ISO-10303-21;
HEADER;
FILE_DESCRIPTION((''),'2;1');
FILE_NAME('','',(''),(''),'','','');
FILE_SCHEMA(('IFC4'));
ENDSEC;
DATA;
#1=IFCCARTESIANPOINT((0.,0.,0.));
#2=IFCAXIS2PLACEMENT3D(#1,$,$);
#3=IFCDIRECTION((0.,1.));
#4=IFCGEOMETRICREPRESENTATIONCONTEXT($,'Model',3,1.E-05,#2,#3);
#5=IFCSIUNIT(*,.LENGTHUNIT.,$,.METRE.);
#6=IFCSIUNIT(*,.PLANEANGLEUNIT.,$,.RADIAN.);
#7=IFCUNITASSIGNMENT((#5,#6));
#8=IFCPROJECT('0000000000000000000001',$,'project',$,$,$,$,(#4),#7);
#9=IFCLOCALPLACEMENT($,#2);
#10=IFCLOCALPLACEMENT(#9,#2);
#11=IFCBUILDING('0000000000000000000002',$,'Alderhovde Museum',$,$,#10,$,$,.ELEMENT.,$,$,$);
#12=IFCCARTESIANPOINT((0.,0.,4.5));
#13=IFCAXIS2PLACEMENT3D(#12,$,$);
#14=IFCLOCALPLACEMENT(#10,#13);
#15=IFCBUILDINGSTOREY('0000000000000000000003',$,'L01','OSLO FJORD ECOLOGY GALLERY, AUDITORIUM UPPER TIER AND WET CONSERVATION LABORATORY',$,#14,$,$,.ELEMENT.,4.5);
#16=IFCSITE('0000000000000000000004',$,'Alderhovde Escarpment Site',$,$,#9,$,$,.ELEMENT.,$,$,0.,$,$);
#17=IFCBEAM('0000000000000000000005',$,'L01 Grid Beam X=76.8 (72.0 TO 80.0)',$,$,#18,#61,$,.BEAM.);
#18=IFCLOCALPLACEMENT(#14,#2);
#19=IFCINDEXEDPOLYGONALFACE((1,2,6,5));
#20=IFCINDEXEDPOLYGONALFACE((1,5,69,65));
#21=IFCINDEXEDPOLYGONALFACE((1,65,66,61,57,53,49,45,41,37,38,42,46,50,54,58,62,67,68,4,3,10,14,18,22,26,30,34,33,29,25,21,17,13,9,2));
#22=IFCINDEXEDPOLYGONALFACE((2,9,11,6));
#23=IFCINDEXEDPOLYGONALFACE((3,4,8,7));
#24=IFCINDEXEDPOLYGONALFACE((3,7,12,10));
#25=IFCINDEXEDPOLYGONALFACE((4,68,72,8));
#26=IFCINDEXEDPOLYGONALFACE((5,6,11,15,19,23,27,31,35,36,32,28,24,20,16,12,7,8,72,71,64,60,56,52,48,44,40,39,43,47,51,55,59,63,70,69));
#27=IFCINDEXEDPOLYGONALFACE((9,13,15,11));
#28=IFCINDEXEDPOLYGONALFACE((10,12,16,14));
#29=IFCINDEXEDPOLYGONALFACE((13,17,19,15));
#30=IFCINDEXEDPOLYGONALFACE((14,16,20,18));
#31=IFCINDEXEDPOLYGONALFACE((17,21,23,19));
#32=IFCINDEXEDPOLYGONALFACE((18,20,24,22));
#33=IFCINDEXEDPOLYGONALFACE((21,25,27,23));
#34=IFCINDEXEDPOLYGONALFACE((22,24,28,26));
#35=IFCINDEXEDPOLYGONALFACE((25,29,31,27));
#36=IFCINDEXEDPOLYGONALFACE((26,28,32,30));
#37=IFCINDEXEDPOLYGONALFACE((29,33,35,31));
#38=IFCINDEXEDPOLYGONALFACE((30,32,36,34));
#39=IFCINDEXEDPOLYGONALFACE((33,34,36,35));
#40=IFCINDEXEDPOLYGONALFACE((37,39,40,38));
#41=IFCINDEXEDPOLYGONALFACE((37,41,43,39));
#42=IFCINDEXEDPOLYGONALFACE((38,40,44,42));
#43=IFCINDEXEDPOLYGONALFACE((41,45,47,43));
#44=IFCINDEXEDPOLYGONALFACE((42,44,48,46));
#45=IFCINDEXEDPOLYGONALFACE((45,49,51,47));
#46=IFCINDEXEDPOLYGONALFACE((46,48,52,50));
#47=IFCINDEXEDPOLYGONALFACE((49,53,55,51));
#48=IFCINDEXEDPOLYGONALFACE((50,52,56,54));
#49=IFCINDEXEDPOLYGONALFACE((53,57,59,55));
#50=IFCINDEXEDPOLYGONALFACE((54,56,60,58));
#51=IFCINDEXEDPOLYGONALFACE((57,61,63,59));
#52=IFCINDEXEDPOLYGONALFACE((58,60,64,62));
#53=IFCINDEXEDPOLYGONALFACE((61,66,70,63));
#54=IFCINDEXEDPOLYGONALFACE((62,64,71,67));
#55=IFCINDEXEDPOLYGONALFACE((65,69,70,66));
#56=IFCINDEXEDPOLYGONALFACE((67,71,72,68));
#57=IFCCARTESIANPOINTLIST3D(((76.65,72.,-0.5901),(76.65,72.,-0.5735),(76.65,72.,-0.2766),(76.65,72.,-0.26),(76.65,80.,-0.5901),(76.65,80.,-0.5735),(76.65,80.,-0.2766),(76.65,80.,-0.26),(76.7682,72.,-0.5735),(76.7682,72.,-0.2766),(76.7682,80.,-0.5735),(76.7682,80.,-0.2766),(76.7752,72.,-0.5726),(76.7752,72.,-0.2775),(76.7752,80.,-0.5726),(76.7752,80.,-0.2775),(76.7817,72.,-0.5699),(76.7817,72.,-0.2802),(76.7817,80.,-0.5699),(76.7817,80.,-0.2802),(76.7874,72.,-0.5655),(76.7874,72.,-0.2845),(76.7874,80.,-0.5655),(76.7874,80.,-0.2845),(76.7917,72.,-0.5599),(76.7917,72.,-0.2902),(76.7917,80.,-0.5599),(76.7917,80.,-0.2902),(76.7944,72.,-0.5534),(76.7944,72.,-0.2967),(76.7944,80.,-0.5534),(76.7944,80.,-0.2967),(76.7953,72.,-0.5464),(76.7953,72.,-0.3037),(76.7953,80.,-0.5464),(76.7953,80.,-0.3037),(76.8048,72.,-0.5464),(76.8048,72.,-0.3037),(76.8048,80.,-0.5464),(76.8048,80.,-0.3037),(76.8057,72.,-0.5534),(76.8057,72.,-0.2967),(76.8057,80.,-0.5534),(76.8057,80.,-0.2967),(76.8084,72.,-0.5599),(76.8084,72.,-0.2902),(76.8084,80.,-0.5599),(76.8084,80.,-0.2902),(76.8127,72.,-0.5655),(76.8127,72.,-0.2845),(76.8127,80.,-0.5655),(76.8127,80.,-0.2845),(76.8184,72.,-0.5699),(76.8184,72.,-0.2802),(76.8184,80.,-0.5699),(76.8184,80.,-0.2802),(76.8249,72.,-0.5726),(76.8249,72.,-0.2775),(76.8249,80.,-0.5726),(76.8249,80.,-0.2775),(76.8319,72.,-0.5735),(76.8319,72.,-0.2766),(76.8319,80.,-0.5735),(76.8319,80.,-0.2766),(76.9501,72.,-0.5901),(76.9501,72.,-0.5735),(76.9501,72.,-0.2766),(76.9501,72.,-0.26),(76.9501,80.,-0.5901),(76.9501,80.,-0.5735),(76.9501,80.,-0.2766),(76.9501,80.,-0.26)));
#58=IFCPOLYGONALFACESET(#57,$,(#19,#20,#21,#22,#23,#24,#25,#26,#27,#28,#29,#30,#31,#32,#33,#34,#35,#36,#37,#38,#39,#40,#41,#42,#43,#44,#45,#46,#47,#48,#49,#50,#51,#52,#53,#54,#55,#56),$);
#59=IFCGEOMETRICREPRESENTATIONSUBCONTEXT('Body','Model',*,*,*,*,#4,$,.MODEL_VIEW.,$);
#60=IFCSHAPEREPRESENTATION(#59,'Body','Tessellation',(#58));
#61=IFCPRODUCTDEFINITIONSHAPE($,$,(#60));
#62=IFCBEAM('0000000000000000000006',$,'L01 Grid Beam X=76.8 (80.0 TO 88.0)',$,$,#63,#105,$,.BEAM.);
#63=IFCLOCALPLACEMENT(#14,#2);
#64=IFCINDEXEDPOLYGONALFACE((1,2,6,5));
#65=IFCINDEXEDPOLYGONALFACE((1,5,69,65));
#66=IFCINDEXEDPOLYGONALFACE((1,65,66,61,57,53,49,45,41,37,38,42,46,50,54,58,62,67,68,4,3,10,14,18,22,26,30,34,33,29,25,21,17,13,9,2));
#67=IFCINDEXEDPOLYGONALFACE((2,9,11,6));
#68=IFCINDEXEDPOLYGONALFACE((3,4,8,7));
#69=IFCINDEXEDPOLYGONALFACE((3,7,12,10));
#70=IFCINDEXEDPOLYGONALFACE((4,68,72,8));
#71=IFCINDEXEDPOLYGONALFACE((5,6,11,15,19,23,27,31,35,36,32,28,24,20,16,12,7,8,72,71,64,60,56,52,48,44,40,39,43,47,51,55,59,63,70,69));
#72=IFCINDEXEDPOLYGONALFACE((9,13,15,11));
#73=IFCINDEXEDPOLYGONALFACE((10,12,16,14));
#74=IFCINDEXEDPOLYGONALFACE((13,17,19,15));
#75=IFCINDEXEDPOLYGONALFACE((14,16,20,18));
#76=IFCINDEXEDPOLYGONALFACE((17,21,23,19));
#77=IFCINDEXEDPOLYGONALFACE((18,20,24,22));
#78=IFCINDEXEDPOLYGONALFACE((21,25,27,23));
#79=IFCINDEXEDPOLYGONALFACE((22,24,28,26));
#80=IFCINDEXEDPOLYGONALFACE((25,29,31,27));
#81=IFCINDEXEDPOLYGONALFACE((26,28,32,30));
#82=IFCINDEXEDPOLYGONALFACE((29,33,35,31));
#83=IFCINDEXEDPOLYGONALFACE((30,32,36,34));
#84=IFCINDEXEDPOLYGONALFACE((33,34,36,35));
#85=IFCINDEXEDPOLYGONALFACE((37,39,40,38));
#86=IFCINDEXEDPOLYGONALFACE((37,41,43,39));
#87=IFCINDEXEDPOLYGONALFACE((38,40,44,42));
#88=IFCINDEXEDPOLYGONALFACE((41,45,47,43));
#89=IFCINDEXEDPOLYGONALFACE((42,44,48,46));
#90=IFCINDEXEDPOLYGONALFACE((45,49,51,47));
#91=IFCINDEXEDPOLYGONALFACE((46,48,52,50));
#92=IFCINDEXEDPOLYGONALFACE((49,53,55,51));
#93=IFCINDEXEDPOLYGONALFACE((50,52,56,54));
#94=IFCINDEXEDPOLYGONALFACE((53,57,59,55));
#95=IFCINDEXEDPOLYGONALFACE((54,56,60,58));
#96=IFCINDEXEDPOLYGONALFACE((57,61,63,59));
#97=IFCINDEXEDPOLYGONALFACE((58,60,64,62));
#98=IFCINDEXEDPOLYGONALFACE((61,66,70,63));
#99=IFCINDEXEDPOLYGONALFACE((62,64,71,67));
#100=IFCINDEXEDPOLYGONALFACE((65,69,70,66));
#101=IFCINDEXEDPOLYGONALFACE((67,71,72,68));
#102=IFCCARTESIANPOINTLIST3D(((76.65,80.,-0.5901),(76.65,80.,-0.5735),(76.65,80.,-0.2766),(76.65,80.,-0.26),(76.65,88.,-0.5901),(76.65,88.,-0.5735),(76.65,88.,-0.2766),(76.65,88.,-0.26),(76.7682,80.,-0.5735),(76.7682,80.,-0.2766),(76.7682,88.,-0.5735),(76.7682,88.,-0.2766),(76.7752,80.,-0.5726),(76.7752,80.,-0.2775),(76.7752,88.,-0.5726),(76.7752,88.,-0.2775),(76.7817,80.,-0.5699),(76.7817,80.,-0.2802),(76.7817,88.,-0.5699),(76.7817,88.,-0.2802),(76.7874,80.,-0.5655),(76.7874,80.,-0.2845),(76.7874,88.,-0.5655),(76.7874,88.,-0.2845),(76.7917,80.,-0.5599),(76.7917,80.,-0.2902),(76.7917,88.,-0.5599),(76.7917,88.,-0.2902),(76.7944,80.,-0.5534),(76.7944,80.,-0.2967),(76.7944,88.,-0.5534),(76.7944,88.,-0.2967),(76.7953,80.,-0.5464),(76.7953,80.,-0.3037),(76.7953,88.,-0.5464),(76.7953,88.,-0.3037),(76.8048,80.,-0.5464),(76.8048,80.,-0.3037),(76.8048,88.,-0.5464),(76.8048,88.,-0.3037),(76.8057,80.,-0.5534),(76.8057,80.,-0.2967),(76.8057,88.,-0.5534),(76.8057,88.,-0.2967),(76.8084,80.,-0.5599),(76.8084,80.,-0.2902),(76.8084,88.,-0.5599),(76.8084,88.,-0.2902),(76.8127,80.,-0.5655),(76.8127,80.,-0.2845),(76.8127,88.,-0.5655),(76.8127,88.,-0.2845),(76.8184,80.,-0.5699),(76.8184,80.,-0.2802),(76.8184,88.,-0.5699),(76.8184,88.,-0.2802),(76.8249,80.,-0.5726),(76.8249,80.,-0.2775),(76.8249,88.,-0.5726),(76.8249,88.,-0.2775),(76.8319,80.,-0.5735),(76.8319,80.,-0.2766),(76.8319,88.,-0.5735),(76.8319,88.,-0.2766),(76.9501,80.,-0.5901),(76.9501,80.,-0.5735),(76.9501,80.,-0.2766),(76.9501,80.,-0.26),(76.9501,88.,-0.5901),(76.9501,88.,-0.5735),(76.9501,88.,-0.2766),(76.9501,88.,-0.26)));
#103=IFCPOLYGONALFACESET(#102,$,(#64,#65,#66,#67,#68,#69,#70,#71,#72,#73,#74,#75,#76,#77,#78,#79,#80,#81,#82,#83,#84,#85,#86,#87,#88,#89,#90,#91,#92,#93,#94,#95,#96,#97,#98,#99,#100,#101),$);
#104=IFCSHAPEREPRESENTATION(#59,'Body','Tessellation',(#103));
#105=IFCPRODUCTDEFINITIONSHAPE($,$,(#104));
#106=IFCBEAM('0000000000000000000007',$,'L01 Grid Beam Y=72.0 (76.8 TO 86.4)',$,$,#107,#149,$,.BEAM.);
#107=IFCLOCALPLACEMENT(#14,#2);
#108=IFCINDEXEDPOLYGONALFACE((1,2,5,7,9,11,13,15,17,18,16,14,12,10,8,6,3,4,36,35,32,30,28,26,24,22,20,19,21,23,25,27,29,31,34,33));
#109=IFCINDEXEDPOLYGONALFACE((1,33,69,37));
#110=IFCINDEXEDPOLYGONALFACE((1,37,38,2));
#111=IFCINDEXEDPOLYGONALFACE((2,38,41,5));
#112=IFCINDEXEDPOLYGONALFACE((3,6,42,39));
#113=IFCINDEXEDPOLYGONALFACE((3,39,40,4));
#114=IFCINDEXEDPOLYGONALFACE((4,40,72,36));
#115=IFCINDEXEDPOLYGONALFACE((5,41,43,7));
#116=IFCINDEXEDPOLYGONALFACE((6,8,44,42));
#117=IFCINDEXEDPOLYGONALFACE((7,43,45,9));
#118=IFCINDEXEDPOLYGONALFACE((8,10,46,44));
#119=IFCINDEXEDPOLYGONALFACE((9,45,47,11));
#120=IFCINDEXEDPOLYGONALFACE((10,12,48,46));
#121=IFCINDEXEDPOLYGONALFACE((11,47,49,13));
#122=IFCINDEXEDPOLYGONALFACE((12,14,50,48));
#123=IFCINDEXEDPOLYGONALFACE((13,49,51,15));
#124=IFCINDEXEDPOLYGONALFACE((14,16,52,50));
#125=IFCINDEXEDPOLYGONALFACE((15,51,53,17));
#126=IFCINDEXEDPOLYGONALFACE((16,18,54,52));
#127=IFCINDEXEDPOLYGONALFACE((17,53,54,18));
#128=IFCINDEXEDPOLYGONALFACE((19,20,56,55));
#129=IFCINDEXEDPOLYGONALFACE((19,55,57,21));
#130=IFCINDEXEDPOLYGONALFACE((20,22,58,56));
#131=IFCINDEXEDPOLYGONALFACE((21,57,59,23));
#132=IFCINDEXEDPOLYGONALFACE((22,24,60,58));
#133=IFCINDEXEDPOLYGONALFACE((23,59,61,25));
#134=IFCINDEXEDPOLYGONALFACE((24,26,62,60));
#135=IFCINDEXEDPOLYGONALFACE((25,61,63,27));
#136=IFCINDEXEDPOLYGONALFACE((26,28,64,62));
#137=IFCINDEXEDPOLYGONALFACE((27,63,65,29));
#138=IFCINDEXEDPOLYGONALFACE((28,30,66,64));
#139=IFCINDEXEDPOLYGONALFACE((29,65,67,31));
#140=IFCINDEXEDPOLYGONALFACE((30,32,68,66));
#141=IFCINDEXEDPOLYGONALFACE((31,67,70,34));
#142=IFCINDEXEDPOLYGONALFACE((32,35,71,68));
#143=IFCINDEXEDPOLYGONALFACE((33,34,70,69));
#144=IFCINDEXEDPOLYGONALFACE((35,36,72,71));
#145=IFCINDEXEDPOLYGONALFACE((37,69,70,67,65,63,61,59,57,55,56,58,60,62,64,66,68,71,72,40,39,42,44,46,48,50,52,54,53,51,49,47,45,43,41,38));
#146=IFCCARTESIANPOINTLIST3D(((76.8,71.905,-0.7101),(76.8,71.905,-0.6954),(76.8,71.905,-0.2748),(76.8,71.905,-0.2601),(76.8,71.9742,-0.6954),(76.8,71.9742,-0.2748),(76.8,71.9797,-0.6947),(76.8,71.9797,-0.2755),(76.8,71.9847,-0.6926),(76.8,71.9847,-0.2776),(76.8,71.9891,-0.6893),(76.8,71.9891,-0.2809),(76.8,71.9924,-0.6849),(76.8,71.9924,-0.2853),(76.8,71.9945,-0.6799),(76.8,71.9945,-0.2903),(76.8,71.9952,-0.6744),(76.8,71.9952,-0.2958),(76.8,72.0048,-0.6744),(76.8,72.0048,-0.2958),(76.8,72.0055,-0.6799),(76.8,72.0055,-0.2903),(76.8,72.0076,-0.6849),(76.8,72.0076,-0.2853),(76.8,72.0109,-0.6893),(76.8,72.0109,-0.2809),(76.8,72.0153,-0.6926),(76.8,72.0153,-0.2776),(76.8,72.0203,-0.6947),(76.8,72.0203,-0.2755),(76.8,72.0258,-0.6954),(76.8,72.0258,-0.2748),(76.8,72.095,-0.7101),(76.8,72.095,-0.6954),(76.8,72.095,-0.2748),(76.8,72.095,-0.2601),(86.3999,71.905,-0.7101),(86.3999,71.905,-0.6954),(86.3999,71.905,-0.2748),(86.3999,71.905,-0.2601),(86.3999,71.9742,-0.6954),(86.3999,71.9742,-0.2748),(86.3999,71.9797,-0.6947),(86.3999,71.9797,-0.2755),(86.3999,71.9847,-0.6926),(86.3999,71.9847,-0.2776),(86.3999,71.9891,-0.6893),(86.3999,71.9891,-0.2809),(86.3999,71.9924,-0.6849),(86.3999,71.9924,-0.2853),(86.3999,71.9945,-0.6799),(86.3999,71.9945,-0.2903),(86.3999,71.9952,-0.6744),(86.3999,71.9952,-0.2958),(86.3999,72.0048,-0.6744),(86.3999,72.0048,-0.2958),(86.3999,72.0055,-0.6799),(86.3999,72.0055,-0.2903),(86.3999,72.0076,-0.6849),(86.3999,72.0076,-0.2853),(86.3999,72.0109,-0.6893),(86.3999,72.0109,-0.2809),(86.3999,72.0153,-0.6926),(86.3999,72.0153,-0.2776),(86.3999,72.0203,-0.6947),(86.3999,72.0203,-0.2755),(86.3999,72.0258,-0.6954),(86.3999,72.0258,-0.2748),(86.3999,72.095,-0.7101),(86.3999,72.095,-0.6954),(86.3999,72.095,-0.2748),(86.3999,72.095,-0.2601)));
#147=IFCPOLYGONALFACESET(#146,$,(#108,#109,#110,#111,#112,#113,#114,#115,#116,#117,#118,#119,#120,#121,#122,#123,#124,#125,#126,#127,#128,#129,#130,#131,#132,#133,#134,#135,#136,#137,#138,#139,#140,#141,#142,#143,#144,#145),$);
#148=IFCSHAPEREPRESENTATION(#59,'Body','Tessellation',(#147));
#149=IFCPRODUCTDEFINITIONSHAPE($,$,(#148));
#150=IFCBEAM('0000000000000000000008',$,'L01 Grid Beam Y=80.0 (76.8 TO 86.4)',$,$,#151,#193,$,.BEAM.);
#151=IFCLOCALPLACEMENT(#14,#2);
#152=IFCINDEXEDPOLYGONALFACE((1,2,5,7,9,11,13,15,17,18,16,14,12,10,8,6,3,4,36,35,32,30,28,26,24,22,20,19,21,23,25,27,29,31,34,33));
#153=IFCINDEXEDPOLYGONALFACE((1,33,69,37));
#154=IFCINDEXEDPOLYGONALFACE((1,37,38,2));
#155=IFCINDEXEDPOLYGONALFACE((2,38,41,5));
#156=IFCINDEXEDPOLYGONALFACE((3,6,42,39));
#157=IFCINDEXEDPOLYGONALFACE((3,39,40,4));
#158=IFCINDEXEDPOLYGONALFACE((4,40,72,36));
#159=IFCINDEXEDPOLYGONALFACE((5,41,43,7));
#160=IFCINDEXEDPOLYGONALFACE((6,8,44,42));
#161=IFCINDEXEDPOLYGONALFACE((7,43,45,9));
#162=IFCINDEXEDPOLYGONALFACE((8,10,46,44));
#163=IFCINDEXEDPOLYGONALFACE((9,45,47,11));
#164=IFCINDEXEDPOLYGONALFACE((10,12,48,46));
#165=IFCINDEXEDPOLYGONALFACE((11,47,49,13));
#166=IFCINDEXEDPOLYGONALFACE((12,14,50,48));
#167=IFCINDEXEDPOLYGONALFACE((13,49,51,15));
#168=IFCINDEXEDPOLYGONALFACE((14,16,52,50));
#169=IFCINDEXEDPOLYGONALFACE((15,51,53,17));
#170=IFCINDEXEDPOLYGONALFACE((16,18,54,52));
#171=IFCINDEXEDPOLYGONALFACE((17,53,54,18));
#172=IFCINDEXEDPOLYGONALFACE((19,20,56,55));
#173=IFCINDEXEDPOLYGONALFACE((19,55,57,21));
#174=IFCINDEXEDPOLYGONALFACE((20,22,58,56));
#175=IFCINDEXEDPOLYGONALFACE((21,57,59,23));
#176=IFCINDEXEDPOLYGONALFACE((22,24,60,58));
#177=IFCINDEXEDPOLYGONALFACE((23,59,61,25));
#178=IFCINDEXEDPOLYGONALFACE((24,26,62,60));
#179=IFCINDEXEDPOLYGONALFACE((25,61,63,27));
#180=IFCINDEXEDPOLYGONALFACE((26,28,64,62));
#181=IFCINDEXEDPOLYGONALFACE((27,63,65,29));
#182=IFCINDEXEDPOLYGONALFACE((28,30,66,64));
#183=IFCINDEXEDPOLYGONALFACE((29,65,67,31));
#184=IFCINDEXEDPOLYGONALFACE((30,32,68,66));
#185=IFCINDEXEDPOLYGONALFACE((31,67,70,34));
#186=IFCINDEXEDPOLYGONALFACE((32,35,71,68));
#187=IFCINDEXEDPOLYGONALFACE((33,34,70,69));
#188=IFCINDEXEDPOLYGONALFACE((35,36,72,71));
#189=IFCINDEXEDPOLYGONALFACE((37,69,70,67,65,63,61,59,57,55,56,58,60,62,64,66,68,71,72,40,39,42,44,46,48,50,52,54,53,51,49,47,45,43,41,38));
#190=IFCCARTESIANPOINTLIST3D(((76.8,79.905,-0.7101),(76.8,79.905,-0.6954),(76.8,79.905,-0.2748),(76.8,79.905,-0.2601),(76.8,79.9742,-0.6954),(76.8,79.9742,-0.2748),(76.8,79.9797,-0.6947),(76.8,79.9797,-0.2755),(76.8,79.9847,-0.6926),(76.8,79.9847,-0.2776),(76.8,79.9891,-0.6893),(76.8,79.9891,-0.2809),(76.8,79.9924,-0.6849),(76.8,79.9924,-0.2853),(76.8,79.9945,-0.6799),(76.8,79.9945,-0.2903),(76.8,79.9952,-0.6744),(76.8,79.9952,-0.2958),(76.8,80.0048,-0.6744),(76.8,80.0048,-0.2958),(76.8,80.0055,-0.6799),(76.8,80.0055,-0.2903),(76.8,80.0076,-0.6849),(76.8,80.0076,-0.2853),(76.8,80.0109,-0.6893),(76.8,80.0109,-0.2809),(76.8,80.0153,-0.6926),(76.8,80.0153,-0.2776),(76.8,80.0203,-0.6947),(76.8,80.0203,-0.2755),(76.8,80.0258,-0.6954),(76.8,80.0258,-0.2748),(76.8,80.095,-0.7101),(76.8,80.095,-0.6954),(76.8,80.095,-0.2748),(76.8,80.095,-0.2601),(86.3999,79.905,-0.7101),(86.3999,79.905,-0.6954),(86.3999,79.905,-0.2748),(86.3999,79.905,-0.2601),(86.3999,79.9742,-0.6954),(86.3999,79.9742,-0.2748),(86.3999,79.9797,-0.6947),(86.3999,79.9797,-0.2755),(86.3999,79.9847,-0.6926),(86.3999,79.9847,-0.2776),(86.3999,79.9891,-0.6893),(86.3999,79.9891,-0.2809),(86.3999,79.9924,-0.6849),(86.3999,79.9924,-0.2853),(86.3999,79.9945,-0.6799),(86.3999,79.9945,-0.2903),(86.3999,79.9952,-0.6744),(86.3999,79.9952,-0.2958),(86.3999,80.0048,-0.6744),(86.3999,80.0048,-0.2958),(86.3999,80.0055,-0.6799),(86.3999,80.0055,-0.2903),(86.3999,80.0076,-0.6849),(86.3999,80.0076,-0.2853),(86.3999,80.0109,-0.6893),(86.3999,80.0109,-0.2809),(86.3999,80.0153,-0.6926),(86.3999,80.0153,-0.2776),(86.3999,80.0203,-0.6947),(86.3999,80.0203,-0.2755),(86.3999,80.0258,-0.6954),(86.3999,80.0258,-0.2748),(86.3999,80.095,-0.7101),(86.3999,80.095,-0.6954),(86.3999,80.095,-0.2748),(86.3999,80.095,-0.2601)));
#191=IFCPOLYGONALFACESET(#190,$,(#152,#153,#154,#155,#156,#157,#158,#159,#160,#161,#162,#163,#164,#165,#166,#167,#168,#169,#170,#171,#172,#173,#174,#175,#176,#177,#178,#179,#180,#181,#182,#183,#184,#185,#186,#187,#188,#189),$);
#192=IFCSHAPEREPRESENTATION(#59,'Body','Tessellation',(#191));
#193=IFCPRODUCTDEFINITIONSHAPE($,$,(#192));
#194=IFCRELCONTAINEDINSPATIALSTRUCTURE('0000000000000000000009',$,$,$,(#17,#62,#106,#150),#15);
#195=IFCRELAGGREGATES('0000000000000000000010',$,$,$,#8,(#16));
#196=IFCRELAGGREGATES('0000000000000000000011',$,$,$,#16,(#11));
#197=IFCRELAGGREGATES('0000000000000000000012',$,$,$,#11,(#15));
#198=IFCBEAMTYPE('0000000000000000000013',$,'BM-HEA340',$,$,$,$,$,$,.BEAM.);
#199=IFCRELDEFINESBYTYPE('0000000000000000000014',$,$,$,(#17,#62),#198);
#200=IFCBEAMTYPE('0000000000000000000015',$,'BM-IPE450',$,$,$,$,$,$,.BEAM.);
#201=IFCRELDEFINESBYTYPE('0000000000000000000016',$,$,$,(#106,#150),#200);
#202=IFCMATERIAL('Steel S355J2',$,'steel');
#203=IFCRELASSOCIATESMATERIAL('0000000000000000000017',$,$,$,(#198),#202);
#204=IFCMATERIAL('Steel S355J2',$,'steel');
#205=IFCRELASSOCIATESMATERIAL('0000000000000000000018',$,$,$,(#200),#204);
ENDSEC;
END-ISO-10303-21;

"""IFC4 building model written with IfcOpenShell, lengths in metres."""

from ifc_helpers import new_model, si_unit, direction, frame, origin, origin_2d, place, context, subcontext, project, spatial, i_section, extrude, material, material_profile, profile_set, type_object, element, save


model = new_model("IFC4")

# Units and contexts
model_context = context("Model", 3, precision=1e-05, world=origin(), true_north=direction((0.0, 1.0)))
body_context = subcontext(model_context, "Body", "Model", "MODEL_VIEW")
ifc_project = project(units=[si_unit("LENGTHUNIT", "METRE"), si_unit("PLANEANGLEUNIT", "RADIAN")], contexts=[model_context])

# Site, building, storey
site_placement = place(None, origin())
site = spatial("IfcSite", under=ifc_project, at=site_placement, Name="Alderhovde Escarpment Site", CompositionType="ELEMENT", RefElevation=0.0)
building_placement = place(site_placement, origin())
building = spatial("IfcBuilding", under=site, at=building_placement, Name="Alderhovde Museum", CompositionType="ELEMENT")
storey_placement = place(building_placement, frame((0.0, 0.0, 4.5)))
storey = spatial("IfcBuildingStorey", under=building, at=storey_placement, Name="L01", Description="OSLO FJORD ECOLOGY GALLERY, AUDITORIUM UPPER TIER AND WET CONSERVATION LABORATORY", CompositionType="ELEMENT", Elevation=4.5)

# Beams
ifc_material_1 = material(Name="Steel S355J2", Category="steel")
ifc_material_profile_1 = material_profile(ifc_material_1, i_section(OverallWidth=0.3, OverallDepth=0.3301, WebThickness=0.0095, FlangeThickness=0.0166, FilletRadius=0.0271, at=origin_2d()), Name="HEA 340")
ifc_profile_set_1 = profile_set([ifc_material_profile_1], Name="Steel S355J2")
beam_type_1 = type_object("IfcBeamType", Name="BM-HEA340", PredefinedType="BEAM", material=ifc_profile_set_1)
for number, where, z_axis, x_axis, name in (
    (1, (76.8, 72.0, -0.425), (0.0, 1.0, 0.0), (-1.0, 0.0, 0.0), "L01 Grid Beam X=76.8 (72.0 TO 80.0)"),
    (2, (76.8, 80.0, -0.425), (0.0, 1.0, 0.0), (-1.0, 0.0, 0.0), "L01 Grid Beam X=76.8 (80.0 TO 88.0)"),
):
    element("IfcBeam", number, at=place(storey_placement, frame(where, z_axis=z_axis, x_axis=x_axis)), inside=storey, type_object=beam_type_1, Name=name, PredefinedType="BEAM", context=body_context, shape_type="SweptSolid", body=[
        extrude(i_section(OverallWidth=0.3, OverallDepth=0.3301, WebThickness=0.0095, FlangeThickness=0.0166, FilletRadius=0.0271, at=origin_2d()), origin(), (0.0, 0.0, 1.0), 8.0),
    ])
ifc_material_2 = material(Name="Steel S355J2", Category="steel")
ifc_material_profile_2 = material_profile(ifc_material_2, i_section(OverallWidth=0.1899, OverallDepth=0.45, WebThickness=0.0095, FlangeThickness=0.0146, FilletRadius=0.021, at=origin_2d()), Name="IPE 450")
ifc_profile_set_2 = profile_set([ifc_material_profile_2], Name="Steel S355J2")
beam_type_2 = type_object("IfcBeamType", Name="BM-IPE450", PredefinedType="BEAM", material=ifc_profile_set_2)
for number, where, z_axis, x_axis, name in (
    (3, (76.8, 72.0, -0.4851), (1.0, 0.0, 0.0), (0.0, 1.0, 0.0), "L01 Grid Beam Y=72.0 (76.8 TO 86.4)"),
    (4, (76.8, 80.0, -0.4851), (1.0, 0.0, 0.0), (0.0, 1.0, 0.0), "L01 Grid Beam Y=80.0 (76.8 TO 86.4)"),
):
    element("IfcBeam", number, at=place(storey_placement, frame(where, z_axis=z_axis, x_axis=x_axis)), inside=storey, type_object=beam_type_2, Name=name, PredefinedType="BEAM", context=body_context, shape_type="SweptSolid", body=[
        extrude(i_section(OverallWidth=0.1899, OverallDepth=0.45, WebThickness=0.0095, FlangeThickness=0.0146, FilletRadius=0.021, at=origin_2d()), origin(), (0.0, 0.0, 1.0), 9.5999),
    ])

save(model, "model.ifc")
